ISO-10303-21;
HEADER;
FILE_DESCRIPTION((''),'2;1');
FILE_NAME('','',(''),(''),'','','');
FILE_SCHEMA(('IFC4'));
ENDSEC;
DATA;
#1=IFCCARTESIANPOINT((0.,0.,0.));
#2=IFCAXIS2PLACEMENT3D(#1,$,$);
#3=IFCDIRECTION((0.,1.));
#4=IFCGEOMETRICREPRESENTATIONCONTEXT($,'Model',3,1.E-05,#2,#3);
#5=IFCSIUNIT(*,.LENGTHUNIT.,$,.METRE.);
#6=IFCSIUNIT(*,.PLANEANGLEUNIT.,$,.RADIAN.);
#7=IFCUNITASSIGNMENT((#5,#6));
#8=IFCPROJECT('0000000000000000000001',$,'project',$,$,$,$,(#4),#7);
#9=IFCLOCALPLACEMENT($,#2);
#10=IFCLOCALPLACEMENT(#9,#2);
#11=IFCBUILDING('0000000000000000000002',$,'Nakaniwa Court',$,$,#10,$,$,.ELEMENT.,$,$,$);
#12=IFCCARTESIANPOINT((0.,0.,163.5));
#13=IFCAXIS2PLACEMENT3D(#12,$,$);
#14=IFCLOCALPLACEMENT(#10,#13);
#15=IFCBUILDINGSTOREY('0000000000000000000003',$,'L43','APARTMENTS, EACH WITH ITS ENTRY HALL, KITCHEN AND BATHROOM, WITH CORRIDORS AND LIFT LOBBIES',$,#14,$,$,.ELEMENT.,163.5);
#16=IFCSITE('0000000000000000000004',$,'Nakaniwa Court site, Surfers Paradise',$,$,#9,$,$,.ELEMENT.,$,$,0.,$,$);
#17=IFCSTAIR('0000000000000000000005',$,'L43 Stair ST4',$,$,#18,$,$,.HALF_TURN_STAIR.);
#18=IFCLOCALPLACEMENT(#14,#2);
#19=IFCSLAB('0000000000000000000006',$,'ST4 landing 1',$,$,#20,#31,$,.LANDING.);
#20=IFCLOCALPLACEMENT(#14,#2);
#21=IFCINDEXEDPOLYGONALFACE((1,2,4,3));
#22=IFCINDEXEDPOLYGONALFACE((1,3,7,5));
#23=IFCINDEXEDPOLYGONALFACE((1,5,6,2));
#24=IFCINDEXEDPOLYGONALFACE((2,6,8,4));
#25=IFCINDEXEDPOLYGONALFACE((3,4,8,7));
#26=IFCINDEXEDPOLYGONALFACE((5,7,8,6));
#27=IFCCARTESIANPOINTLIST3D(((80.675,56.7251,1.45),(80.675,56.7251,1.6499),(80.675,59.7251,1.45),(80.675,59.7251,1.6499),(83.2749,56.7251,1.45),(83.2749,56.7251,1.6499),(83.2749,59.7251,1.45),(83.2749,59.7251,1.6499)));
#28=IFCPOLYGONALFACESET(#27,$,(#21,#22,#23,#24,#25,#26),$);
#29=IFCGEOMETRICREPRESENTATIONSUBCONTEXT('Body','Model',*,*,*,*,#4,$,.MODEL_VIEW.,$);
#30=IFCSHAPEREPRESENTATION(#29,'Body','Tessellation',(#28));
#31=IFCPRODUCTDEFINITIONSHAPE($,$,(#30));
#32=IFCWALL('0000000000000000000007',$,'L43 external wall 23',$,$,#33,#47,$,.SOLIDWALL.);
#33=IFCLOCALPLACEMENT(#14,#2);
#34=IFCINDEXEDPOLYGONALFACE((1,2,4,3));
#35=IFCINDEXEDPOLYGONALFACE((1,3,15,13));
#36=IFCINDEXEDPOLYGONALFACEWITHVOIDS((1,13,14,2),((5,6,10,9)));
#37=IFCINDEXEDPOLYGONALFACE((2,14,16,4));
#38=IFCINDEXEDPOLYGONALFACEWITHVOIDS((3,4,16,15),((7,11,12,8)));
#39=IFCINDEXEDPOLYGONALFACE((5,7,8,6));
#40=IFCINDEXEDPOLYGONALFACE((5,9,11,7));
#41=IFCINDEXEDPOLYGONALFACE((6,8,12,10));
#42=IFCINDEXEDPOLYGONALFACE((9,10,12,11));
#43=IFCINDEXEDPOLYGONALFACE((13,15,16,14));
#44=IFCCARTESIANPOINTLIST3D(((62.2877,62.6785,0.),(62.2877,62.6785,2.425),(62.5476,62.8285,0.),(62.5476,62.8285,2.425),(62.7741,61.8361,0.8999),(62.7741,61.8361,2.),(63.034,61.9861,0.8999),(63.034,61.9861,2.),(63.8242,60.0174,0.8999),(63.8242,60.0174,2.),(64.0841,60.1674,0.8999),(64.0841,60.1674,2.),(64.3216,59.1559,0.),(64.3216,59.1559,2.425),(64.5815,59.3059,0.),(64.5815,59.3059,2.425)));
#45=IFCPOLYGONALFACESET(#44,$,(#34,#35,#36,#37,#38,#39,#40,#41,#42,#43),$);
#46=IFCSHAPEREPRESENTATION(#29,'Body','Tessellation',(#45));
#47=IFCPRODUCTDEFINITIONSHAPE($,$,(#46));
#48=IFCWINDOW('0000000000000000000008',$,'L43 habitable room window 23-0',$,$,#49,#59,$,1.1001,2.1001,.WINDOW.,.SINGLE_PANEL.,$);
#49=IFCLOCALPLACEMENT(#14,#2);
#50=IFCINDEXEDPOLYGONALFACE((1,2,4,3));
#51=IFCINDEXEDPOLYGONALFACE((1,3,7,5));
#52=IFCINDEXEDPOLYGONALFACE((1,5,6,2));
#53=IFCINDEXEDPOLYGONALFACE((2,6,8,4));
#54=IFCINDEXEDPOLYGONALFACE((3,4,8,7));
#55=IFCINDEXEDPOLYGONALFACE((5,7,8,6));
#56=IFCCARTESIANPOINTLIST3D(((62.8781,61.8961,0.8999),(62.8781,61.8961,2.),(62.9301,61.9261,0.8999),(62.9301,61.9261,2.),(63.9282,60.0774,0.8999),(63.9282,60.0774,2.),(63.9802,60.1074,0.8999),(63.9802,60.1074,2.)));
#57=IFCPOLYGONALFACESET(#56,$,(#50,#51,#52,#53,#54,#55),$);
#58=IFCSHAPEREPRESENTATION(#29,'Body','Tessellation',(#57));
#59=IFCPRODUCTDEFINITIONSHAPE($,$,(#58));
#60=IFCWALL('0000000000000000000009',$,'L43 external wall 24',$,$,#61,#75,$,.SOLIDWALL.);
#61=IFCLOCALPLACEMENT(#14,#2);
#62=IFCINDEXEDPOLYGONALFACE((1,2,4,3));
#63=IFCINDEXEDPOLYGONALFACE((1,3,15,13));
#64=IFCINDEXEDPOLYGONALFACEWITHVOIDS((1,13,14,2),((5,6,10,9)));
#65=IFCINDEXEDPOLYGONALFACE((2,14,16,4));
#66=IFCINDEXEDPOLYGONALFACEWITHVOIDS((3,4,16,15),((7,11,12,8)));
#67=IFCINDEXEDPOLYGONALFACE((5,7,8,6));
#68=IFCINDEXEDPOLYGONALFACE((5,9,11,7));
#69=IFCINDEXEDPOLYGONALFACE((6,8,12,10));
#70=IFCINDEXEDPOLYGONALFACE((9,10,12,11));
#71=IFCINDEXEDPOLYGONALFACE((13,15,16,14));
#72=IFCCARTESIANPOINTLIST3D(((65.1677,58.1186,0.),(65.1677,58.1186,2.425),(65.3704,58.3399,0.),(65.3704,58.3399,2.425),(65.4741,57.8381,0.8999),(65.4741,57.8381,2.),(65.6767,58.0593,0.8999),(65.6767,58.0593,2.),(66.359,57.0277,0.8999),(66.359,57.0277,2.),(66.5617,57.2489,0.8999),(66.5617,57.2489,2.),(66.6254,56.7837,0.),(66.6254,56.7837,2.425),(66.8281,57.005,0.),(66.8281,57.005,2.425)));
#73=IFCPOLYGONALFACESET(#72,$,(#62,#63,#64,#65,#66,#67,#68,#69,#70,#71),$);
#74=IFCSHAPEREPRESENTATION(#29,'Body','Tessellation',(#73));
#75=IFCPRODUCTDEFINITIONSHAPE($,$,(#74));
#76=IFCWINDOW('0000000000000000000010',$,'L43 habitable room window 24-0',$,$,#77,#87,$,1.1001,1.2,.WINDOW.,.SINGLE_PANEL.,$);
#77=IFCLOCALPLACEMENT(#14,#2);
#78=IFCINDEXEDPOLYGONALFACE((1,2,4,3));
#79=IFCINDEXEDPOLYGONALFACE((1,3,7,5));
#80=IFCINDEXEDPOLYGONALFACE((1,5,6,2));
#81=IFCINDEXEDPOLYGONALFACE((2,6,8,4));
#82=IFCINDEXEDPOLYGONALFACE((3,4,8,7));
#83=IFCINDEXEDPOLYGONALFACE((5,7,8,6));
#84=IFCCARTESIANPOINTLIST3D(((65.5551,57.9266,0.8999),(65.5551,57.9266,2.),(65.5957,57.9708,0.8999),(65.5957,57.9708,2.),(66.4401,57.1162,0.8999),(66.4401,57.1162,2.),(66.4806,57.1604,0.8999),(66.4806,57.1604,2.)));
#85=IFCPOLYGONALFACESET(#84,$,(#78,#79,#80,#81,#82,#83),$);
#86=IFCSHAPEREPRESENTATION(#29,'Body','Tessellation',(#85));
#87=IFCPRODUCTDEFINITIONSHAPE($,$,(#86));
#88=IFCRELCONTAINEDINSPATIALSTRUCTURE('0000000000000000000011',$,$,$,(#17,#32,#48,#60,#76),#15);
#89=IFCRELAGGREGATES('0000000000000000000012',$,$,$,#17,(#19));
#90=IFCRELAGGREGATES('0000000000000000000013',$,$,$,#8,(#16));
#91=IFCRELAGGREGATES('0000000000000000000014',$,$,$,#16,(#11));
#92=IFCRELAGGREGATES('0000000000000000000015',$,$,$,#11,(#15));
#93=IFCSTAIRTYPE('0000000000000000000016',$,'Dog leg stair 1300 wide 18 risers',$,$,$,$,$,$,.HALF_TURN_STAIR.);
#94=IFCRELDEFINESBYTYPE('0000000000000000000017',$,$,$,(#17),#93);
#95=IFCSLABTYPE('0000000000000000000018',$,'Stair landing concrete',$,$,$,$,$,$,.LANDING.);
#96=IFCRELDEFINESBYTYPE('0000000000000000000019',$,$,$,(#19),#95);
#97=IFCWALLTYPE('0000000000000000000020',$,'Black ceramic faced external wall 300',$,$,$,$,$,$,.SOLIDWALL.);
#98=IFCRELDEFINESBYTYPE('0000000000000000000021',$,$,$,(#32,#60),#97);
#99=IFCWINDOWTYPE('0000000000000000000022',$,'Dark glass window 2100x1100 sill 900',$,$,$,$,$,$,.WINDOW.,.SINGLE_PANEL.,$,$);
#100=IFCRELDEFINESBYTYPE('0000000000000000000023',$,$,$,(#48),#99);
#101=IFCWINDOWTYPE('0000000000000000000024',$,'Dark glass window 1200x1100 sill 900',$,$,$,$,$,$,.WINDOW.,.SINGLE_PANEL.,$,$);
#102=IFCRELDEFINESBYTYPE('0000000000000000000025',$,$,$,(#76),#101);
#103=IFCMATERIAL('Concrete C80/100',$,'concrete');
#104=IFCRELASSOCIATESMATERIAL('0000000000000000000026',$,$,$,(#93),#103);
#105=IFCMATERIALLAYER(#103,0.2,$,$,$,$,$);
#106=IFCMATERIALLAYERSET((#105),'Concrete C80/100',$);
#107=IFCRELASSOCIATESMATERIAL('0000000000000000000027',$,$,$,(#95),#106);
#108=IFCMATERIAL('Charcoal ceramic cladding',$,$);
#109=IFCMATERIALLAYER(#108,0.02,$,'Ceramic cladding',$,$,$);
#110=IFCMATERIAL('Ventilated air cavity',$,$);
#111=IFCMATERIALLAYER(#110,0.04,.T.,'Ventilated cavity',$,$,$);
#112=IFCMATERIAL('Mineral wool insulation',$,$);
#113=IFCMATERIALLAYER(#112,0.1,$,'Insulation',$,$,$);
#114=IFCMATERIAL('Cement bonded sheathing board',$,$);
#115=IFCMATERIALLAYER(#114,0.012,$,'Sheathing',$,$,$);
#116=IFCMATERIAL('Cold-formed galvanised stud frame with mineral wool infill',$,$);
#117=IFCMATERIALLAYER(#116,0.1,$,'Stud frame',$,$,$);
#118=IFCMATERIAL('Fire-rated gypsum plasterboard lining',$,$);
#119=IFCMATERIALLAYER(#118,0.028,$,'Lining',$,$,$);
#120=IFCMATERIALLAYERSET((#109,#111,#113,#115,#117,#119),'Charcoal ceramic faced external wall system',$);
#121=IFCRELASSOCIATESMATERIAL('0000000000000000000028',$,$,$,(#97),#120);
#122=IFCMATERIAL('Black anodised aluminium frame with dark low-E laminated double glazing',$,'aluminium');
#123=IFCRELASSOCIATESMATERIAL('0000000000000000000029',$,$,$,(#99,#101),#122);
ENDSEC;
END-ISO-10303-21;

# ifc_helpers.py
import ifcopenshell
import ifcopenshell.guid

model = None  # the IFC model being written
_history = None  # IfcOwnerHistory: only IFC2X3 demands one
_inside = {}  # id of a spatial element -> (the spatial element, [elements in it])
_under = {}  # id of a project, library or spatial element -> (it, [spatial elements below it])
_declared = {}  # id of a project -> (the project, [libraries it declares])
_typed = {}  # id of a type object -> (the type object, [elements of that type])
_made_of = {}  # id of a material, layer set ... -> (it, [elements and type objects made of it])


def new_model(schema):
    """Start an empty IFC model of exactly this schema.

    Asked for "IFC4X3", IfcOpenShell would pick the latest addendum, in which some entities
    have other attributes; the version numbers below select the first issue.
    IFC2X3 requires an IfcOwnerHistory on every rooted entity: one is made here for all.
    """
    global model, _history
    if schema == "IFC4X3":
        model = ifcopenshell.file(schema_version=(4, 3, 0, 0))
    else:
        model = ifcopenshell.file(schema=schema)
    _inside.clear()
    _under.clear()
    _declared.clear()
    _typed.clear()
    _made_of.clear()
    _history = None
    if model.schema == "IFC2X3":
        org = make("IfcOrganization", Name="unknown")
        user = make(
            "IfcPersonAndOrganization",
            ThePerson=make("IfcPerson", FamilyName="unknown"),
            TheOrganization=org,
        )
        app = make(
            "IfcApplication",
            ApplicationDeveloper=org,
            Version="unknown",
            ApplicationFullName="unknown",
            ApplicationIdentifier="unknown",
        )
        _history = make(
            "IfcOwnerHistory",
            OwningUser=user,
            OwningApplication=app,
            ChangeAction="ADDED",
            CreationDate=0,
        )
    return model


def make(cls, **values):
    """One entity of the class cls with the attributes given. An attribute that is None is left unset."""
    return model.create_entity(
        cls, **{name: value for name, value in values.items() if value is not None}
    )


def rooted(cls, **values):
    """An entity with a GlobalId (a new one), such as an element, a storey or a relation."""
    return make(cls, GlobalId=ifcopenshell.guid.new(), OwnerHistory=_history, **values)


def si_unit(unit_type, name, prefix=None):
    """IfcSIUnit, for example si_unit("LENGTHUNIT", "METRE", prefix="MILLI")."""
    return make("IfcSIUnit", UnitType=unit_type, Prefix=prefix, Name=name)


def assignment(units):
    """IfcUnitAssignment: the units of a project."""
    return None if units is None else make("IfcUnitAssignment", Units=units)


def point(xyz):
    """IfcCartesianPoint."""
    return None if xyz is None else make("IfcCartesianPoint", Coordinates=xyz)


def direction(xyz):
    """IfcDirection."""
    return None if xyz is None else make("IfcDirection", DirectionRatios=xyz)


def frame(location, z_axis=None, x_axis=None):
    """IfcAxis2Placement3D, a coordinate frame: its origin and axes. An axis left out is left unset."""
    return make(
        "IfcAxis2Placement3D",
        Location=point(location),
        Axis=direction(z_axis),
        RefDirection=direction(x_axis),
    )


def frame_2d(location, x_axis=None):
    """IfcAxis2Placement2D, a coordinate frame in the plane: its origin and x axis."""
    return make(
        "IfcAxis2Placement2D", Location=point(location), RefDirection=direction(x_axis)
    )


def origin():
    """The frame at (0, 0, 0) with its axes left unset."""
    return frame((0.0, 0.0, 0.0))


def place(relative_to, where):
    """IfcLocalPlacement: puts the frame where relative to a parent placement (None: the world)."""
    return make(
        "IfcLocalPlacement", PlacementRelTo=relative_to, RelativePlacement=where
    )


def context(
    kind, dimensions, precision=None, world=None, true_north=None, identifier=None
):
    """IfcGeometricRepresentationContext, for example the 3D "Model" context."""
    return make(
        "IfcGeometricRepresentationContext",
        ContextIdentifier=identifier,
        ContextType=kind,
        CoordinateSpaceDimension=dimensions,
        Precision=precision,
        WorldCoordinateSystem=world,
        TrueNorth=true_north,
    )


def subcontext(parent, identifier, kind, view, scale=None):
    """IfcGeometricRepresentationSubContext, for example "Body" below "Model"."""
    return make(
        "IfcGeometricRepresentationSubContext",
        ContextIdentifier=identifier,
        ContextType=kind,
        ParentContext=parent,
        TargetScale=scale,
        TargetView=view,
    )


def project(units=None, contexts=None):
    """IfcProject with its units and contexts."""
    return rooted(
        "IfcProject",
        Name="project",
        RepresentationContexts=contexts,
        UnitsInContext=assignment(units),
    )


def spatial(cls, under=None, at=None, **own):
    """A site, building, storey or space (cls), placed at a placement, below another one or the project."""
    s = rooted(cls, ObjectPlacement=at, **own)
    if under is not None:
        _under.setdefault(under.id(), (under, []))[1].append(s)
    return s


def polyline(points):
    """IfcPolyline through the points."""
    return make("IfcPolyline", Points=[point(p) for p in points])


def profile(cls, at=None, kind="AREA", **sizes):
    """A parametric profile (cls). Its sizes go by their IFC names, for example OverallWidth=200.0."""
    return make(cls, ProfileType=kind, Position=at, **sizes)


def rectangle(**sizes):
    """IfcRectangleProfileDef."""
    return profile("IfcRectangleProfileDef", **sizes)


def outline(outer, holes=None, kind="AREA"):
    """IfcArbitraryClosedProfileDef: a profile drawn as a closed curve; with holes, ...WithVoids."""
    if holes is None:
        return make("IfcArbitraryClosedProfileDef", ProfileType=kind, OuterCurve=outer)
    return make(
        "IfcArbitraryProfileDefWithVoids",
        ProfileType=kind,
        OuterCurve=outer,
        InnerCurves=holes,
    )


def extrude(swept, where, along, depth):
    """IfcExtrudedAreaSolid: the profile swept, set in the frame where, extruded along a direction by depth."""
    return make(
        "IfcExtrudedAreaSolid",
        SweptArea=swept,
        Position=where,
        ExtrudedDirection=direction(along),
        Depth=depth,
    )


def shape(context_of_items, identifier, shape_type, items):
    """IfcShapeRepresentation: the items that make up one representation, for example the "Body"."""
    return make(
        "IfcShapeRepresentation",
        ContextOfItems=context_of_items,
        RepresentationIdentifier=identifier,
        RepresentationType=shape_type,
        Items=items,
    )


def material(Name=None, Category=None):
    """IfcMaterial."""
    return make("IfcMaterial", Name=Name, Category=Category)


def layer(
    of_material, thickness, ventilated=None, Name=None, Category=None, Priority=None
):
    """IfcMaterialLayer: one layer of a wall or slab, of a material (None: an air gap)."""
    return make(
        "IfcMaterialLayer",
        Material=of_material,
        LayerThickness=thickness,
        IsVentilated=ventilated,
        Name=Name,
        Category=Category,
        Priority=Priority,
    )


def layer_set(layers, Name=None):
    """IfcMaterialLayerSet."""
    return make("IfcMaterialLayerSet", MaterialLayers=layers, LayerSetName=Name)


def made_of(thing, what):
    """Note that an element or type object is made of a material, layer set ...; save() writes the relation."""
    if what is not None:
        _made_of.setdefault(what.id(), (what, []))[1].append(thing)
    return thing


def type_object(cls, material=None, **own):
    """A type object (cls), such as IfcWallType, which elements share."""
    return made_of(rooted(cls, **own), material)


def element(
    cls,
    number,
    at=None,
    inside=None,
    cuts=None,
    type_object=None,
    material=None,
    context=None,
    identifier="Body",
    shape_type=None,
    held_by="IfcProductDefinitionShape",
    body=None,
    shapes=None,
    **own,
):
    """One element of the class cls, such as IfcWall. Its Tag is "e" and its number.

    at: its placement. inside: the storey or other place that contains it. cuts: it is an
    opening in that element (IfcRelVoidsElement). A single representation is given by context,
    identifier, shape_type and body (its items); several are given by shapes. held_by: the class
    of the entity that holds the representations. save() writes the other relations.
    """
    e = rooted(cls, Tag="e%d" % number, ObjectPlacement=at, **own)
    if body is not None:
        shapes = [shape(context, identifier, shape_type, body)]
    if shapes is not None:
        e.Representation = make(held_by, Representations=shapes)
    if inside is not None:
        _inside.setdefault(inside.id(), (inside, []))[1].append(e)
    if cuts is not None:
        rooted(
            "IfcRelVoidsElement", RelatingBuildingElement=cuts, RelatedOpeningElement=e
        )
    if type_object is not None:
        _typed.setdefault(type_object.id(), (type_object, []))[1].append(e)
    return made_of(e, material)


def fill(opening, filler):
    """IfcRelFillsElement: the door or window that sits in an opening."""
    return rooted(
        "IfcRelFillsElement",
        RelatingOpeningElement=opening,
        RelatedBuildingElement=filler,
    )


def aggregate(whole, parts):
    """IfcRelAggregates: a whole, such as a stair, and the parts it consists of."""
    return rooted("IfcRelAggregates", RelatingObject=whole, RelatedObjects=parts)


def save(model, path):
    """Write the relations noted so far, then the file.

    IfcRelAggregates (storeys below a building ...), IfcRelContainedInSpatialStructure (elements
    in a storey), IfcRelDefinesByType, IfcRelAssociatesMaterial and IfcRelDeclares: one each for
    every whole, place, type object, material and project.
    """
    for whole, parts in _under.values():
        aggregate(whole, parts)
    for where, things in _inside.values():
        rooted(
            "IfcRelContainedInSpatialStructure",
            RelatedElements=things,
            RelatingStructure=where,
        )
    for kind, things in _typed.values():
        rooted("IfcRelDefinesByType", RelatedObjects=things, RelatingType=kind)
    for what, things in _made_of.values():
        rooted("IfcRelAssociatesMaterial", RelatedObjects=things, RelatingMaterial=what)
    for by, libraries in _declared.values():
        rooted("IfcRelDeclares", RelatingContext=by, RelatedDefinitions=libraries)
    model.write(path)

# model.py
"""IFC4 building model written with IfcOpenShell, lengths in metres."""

from ifc_helpers import new_model, si_unit, direction, frame, frame_2d, origin, place, context, subcontext, project, spatial, polyline, rectangle, outline, extrude, material, layer, layer_set, type_object, element, fill, aggregate, save


model = new_model("IFC4")

# Units and contexts
model_context = context("Model", 3, precision=1e-05, world=origin(), true_north=direction((0.0, 1.0)))
body_context = subcontext(model_context, "Body", "Model", "MODEL_VIEW")
ifc_project = project(units=[si_unit("LENGTHUNIT", "METRE"), si_unit("PLANEANGLEUNIT", "RADIAN")], contexts=[model_context])

# Site, building, storey
site_placement = place(None, origin())
site = spatial("IfcSite", under=ifc_project, at=site_placement, Name="Nakaniwa Court site, Surfers Paradise", CompositionType="ELEMENT", RefElevation=0.0)
building_placement = place(site_placement, origin())
building = spatial("IfcBuilding", under=site, at=building_placement, Name="Nakaniwa Court", CompositionType="ELEMENT")
storey_placement = place(building_placement, frame((0.0, 0.0, 163.5)))
storey = spatial("IfcBuildingStorey", under=building, at=storey_placement, Name="L43", Description="APARTMENTS, EACH WITH ITS ENTRY HALL, KITCHEN AND BATHROOM, WITH CORRIDORS AND LIFT LOBBIES", CompositionType="ELEMENT", Elevation=163.5)

# Shared definitions
ifc_material_1 = material(Name="Concrete C80/100", Category="concrete")

# Stair, slab
stair_type = type_object("IfcStairType", Name="Dog leg stair 1300 wide 18 risers", PredefinedType="HALF_TURN_STAIR", material=ifc_material_1)
ifc_layer_1 = layer(ifc_material_1, 0.2)
ifc_layer_set_1 = layer_set([ifc_layer_1], Name="Concrete C80/100")
slab_type_1 = type_object("IfcSlabType", Name="Stair landing concrete", PredefinedType="LANDING", material=ifc_layer_set_1)
stair_1_placement = place(storey_placement, origin())
stair_1 = element("IfcStair", 1, at=stair_1_placement, inside=storey, type_object=stair_type, Name="L43 Stair ST4", PredefinedType="HALF_TURN_STAIR")
slab_1_placement = place(storey_placement, frame((0.0, 0.0, 1.45)))
slab_1 = element("IfcSlab", 2, at=slab_1_placement, type_object=slab_type_1, Name="ST4 landing 1", PredefinedType="LANDING", context=body_context, shape_type="SweptSolid", body=[
    extrude(outline(polyline([(83.2749, 56.7251), (83.2749, 59.7251), (80.675, 59.7251), (80.675, 56.7251), (83.2749, 56.7251)])), origin(), (0.0, 0.0, 1.0), 0.2),
])
aggregate(stair_1, [slab_1])

# Walls, openings, windows
ifc_material_2 = material(Name="Charcoal ceramic cladding")
ifc_layer_2 = layer(ifc_material_2, 0.02, Name="Ceramic cladding")
ifc_material_3 = material(Name="Ventilated air cavity")
ifc_layer_3 = layer(ifc_material_3, 0.04, ventilated=True, Name="Ventilated cavity")
ifc_material_4 = material(Name="Mineral wool insulation")
ifc_layer_4 = layer(ifc_material_4, 0.1, Name="Insulation")
ifc_material_5 = material(Name="Cement bonded sheathing board")
ifc_layer_5 = layer(ifc_material_5, 0.012, Name="Sheathing")
ifc_material_6 = material(Name="Cold-formed galvanised stud frame with mineral wool infill")
ifc_layer_6 = layer(ifc_material_6, 0.1, Name="Stud frame")
ifc_material_7 = material(Name="Fire-rated gypsum plasterboard lining")
ifc_layer_7 = layer(ifc_material_7, 0.028, Name="Lining")
ifc_layer_set_2 = layer_set([ifc_layer_2, ifc_layer_3, ifc_layer_4, ifc_layer_5, ifc_layer_6, ifc_layer_7], Name="Charcoal ceramic faced external wall system")
wall_type = type_object("IfcWallType", Name="Black ceramic faced external wall 300", PredefinedType="SOLIDWALL", material=ifc_layer_set_2)
wall_1_placement = place(storey_placement, frame((62.4177, 62.7534, 0.0), z_axis=(0.0, 0.0, 1.0), x_axis=(0.500019, -0.866015, 0.0)))
wall_1 = element("IfcWall", 3, at=wall_1_placement, inside=storey, type_object=wall_type, Name="L43 external wall 23", PredefinedType="SOLIDWALL", context=body_context, shape_type="SweptSolid", body=[
    extrude(rectangle(XDim=4.0676, YDim=0.3, at=frame_2d((2.0337, 0.0))), origin(), (0.0, 0.0, 1.0), 2.425),
])
opening_1_placement = place(wall_1_placement, frame((0.9727, 0.0, 0.8999)))
opening_1 = element("IfcOpeningElement", 4, at=opening_1_placement, cuts=wall_1, PredefinedType="OPENING", context=body_context, shape_type="SweptSolid", body=[
    extrude(rectangle(XDim=2.1001, YDim=1.1001, at=frame_2d((1.05, 0.55))), frame((0.0, 0.1599, 0.0), z_axis=(0.0, -1.0, 0.0), x_axis=(1.0, 0.0, 0.0)), (0.0, 0.0, 1.0), 0.3201),
])
ifc_material_8 = material(Name="Black anodised aluminium frame with dark low-E laminated double glazing", Category="aluminium")
window_type_1 = type_object("IfcWindowType", Name="Dark glass window 2100x1100 sill 900", PartitioningType="SINGLE_PANEL", PredefinedType="WINDOW", material=ifc_material_8)
window_1_placement = place(opening_1_placement, origin())
window_1 = element("IfcWindow", 5, at=window_1_placement, inside=storey, type_object=window_type_1, Name="L43 habitable room window 23-0", OverallHeight=1.1001, OverallWidth=2.1001, PartitioningType="SINGLE_PANEL", PredefinedType="WINDOW", context=body_context, shape_type="SweptSolid", body=[
    extrude(rectangle(XDim=2.1001, YDim=1.1001, at=frame_2d((1.05, 0.55))), frame((0.0, 0.03, 0.0), z_axis=(0.0, -1.0, 0.0), x_axis=(1.0, 0.0, 0.0)), (0.0, 0.0, 1.0), 0.0601),
])
fill(opening_1, window_1)
wall_2_placement = place(storey_placement, frame((65.269, 58.2292, 0.0), z_axis=(0.0, 0.0, 1.0), x_axis=(0.737487, -0.675361, 0.0)))
wall_2 = element("IfcWall", 6, at=wall_2_placement, inside=storey, type_object=wall_type, Name="L43 external wall 24", PredefinedType="SOLIDWALL", context=body_context, shape_type="SweptSolid", body=[
    extrude(rectangle(XDim=1.9766, YDim=0.3, at=frame_2d((0.9883, 0.0))), origin(), (0.0, 0.0, 1.0), 2.425),
])
opening_2_placement = place(wall_2_placement, frame((0.4153, 0.0, 0.8999)))
opening_2 = element("IfcOpeningElement", 7, at=opening_2_placement, cuts=wall_2, PredefinedType="OPENING", context=body_context, shape_type="SweptSolid", body=[
    extrude(rectangle(XDim=1.2, YDim=1.1001, at=frame_2d((0.6001, 0.55))), frame((0.0, 0.1599, 0.0), z_axis=(0.0, -1.0, 0.0), x_axis=(1.0, 0.0, 0.0)), (0.0, 0.0, 1.0), 0.3201),
])
window_type_2 = type_object("IfcWindowType", Name="Dark glass window 1200x1100 sill 900", PartitioningType="SINGLE_PANEL", PredefinedType="WINDOW", material=ifc_material_8)
window_2_placement = place(opening_2_placement, origin())
window_2 = element("IfcWindow", 8, at=window_2_placement, inside=storey, type_object=window_type_2, Name="L43 habitable room window 24-0", OverallHeight=1.1001, OverallWidth=1.2, PartitioningType="SINGLE_PANEL", PredefinedType="WINDOW", context=body_context, shape_type="SweptSolid", body=[
    extrude(rectangle(XDim=1.2, YDim=1.1001, at=frame_2d((0.6001, 0.55))), frame((0.0, 0.03, 0.0), z_axis=(0.0, -1.0, 0.0), x_axis=(1.0, 0.0, 0.0)), (0.0, 0.0, 1.0), 0.0601),
])
fill(opening_2, window_2)

save(model, "model.ifc")
